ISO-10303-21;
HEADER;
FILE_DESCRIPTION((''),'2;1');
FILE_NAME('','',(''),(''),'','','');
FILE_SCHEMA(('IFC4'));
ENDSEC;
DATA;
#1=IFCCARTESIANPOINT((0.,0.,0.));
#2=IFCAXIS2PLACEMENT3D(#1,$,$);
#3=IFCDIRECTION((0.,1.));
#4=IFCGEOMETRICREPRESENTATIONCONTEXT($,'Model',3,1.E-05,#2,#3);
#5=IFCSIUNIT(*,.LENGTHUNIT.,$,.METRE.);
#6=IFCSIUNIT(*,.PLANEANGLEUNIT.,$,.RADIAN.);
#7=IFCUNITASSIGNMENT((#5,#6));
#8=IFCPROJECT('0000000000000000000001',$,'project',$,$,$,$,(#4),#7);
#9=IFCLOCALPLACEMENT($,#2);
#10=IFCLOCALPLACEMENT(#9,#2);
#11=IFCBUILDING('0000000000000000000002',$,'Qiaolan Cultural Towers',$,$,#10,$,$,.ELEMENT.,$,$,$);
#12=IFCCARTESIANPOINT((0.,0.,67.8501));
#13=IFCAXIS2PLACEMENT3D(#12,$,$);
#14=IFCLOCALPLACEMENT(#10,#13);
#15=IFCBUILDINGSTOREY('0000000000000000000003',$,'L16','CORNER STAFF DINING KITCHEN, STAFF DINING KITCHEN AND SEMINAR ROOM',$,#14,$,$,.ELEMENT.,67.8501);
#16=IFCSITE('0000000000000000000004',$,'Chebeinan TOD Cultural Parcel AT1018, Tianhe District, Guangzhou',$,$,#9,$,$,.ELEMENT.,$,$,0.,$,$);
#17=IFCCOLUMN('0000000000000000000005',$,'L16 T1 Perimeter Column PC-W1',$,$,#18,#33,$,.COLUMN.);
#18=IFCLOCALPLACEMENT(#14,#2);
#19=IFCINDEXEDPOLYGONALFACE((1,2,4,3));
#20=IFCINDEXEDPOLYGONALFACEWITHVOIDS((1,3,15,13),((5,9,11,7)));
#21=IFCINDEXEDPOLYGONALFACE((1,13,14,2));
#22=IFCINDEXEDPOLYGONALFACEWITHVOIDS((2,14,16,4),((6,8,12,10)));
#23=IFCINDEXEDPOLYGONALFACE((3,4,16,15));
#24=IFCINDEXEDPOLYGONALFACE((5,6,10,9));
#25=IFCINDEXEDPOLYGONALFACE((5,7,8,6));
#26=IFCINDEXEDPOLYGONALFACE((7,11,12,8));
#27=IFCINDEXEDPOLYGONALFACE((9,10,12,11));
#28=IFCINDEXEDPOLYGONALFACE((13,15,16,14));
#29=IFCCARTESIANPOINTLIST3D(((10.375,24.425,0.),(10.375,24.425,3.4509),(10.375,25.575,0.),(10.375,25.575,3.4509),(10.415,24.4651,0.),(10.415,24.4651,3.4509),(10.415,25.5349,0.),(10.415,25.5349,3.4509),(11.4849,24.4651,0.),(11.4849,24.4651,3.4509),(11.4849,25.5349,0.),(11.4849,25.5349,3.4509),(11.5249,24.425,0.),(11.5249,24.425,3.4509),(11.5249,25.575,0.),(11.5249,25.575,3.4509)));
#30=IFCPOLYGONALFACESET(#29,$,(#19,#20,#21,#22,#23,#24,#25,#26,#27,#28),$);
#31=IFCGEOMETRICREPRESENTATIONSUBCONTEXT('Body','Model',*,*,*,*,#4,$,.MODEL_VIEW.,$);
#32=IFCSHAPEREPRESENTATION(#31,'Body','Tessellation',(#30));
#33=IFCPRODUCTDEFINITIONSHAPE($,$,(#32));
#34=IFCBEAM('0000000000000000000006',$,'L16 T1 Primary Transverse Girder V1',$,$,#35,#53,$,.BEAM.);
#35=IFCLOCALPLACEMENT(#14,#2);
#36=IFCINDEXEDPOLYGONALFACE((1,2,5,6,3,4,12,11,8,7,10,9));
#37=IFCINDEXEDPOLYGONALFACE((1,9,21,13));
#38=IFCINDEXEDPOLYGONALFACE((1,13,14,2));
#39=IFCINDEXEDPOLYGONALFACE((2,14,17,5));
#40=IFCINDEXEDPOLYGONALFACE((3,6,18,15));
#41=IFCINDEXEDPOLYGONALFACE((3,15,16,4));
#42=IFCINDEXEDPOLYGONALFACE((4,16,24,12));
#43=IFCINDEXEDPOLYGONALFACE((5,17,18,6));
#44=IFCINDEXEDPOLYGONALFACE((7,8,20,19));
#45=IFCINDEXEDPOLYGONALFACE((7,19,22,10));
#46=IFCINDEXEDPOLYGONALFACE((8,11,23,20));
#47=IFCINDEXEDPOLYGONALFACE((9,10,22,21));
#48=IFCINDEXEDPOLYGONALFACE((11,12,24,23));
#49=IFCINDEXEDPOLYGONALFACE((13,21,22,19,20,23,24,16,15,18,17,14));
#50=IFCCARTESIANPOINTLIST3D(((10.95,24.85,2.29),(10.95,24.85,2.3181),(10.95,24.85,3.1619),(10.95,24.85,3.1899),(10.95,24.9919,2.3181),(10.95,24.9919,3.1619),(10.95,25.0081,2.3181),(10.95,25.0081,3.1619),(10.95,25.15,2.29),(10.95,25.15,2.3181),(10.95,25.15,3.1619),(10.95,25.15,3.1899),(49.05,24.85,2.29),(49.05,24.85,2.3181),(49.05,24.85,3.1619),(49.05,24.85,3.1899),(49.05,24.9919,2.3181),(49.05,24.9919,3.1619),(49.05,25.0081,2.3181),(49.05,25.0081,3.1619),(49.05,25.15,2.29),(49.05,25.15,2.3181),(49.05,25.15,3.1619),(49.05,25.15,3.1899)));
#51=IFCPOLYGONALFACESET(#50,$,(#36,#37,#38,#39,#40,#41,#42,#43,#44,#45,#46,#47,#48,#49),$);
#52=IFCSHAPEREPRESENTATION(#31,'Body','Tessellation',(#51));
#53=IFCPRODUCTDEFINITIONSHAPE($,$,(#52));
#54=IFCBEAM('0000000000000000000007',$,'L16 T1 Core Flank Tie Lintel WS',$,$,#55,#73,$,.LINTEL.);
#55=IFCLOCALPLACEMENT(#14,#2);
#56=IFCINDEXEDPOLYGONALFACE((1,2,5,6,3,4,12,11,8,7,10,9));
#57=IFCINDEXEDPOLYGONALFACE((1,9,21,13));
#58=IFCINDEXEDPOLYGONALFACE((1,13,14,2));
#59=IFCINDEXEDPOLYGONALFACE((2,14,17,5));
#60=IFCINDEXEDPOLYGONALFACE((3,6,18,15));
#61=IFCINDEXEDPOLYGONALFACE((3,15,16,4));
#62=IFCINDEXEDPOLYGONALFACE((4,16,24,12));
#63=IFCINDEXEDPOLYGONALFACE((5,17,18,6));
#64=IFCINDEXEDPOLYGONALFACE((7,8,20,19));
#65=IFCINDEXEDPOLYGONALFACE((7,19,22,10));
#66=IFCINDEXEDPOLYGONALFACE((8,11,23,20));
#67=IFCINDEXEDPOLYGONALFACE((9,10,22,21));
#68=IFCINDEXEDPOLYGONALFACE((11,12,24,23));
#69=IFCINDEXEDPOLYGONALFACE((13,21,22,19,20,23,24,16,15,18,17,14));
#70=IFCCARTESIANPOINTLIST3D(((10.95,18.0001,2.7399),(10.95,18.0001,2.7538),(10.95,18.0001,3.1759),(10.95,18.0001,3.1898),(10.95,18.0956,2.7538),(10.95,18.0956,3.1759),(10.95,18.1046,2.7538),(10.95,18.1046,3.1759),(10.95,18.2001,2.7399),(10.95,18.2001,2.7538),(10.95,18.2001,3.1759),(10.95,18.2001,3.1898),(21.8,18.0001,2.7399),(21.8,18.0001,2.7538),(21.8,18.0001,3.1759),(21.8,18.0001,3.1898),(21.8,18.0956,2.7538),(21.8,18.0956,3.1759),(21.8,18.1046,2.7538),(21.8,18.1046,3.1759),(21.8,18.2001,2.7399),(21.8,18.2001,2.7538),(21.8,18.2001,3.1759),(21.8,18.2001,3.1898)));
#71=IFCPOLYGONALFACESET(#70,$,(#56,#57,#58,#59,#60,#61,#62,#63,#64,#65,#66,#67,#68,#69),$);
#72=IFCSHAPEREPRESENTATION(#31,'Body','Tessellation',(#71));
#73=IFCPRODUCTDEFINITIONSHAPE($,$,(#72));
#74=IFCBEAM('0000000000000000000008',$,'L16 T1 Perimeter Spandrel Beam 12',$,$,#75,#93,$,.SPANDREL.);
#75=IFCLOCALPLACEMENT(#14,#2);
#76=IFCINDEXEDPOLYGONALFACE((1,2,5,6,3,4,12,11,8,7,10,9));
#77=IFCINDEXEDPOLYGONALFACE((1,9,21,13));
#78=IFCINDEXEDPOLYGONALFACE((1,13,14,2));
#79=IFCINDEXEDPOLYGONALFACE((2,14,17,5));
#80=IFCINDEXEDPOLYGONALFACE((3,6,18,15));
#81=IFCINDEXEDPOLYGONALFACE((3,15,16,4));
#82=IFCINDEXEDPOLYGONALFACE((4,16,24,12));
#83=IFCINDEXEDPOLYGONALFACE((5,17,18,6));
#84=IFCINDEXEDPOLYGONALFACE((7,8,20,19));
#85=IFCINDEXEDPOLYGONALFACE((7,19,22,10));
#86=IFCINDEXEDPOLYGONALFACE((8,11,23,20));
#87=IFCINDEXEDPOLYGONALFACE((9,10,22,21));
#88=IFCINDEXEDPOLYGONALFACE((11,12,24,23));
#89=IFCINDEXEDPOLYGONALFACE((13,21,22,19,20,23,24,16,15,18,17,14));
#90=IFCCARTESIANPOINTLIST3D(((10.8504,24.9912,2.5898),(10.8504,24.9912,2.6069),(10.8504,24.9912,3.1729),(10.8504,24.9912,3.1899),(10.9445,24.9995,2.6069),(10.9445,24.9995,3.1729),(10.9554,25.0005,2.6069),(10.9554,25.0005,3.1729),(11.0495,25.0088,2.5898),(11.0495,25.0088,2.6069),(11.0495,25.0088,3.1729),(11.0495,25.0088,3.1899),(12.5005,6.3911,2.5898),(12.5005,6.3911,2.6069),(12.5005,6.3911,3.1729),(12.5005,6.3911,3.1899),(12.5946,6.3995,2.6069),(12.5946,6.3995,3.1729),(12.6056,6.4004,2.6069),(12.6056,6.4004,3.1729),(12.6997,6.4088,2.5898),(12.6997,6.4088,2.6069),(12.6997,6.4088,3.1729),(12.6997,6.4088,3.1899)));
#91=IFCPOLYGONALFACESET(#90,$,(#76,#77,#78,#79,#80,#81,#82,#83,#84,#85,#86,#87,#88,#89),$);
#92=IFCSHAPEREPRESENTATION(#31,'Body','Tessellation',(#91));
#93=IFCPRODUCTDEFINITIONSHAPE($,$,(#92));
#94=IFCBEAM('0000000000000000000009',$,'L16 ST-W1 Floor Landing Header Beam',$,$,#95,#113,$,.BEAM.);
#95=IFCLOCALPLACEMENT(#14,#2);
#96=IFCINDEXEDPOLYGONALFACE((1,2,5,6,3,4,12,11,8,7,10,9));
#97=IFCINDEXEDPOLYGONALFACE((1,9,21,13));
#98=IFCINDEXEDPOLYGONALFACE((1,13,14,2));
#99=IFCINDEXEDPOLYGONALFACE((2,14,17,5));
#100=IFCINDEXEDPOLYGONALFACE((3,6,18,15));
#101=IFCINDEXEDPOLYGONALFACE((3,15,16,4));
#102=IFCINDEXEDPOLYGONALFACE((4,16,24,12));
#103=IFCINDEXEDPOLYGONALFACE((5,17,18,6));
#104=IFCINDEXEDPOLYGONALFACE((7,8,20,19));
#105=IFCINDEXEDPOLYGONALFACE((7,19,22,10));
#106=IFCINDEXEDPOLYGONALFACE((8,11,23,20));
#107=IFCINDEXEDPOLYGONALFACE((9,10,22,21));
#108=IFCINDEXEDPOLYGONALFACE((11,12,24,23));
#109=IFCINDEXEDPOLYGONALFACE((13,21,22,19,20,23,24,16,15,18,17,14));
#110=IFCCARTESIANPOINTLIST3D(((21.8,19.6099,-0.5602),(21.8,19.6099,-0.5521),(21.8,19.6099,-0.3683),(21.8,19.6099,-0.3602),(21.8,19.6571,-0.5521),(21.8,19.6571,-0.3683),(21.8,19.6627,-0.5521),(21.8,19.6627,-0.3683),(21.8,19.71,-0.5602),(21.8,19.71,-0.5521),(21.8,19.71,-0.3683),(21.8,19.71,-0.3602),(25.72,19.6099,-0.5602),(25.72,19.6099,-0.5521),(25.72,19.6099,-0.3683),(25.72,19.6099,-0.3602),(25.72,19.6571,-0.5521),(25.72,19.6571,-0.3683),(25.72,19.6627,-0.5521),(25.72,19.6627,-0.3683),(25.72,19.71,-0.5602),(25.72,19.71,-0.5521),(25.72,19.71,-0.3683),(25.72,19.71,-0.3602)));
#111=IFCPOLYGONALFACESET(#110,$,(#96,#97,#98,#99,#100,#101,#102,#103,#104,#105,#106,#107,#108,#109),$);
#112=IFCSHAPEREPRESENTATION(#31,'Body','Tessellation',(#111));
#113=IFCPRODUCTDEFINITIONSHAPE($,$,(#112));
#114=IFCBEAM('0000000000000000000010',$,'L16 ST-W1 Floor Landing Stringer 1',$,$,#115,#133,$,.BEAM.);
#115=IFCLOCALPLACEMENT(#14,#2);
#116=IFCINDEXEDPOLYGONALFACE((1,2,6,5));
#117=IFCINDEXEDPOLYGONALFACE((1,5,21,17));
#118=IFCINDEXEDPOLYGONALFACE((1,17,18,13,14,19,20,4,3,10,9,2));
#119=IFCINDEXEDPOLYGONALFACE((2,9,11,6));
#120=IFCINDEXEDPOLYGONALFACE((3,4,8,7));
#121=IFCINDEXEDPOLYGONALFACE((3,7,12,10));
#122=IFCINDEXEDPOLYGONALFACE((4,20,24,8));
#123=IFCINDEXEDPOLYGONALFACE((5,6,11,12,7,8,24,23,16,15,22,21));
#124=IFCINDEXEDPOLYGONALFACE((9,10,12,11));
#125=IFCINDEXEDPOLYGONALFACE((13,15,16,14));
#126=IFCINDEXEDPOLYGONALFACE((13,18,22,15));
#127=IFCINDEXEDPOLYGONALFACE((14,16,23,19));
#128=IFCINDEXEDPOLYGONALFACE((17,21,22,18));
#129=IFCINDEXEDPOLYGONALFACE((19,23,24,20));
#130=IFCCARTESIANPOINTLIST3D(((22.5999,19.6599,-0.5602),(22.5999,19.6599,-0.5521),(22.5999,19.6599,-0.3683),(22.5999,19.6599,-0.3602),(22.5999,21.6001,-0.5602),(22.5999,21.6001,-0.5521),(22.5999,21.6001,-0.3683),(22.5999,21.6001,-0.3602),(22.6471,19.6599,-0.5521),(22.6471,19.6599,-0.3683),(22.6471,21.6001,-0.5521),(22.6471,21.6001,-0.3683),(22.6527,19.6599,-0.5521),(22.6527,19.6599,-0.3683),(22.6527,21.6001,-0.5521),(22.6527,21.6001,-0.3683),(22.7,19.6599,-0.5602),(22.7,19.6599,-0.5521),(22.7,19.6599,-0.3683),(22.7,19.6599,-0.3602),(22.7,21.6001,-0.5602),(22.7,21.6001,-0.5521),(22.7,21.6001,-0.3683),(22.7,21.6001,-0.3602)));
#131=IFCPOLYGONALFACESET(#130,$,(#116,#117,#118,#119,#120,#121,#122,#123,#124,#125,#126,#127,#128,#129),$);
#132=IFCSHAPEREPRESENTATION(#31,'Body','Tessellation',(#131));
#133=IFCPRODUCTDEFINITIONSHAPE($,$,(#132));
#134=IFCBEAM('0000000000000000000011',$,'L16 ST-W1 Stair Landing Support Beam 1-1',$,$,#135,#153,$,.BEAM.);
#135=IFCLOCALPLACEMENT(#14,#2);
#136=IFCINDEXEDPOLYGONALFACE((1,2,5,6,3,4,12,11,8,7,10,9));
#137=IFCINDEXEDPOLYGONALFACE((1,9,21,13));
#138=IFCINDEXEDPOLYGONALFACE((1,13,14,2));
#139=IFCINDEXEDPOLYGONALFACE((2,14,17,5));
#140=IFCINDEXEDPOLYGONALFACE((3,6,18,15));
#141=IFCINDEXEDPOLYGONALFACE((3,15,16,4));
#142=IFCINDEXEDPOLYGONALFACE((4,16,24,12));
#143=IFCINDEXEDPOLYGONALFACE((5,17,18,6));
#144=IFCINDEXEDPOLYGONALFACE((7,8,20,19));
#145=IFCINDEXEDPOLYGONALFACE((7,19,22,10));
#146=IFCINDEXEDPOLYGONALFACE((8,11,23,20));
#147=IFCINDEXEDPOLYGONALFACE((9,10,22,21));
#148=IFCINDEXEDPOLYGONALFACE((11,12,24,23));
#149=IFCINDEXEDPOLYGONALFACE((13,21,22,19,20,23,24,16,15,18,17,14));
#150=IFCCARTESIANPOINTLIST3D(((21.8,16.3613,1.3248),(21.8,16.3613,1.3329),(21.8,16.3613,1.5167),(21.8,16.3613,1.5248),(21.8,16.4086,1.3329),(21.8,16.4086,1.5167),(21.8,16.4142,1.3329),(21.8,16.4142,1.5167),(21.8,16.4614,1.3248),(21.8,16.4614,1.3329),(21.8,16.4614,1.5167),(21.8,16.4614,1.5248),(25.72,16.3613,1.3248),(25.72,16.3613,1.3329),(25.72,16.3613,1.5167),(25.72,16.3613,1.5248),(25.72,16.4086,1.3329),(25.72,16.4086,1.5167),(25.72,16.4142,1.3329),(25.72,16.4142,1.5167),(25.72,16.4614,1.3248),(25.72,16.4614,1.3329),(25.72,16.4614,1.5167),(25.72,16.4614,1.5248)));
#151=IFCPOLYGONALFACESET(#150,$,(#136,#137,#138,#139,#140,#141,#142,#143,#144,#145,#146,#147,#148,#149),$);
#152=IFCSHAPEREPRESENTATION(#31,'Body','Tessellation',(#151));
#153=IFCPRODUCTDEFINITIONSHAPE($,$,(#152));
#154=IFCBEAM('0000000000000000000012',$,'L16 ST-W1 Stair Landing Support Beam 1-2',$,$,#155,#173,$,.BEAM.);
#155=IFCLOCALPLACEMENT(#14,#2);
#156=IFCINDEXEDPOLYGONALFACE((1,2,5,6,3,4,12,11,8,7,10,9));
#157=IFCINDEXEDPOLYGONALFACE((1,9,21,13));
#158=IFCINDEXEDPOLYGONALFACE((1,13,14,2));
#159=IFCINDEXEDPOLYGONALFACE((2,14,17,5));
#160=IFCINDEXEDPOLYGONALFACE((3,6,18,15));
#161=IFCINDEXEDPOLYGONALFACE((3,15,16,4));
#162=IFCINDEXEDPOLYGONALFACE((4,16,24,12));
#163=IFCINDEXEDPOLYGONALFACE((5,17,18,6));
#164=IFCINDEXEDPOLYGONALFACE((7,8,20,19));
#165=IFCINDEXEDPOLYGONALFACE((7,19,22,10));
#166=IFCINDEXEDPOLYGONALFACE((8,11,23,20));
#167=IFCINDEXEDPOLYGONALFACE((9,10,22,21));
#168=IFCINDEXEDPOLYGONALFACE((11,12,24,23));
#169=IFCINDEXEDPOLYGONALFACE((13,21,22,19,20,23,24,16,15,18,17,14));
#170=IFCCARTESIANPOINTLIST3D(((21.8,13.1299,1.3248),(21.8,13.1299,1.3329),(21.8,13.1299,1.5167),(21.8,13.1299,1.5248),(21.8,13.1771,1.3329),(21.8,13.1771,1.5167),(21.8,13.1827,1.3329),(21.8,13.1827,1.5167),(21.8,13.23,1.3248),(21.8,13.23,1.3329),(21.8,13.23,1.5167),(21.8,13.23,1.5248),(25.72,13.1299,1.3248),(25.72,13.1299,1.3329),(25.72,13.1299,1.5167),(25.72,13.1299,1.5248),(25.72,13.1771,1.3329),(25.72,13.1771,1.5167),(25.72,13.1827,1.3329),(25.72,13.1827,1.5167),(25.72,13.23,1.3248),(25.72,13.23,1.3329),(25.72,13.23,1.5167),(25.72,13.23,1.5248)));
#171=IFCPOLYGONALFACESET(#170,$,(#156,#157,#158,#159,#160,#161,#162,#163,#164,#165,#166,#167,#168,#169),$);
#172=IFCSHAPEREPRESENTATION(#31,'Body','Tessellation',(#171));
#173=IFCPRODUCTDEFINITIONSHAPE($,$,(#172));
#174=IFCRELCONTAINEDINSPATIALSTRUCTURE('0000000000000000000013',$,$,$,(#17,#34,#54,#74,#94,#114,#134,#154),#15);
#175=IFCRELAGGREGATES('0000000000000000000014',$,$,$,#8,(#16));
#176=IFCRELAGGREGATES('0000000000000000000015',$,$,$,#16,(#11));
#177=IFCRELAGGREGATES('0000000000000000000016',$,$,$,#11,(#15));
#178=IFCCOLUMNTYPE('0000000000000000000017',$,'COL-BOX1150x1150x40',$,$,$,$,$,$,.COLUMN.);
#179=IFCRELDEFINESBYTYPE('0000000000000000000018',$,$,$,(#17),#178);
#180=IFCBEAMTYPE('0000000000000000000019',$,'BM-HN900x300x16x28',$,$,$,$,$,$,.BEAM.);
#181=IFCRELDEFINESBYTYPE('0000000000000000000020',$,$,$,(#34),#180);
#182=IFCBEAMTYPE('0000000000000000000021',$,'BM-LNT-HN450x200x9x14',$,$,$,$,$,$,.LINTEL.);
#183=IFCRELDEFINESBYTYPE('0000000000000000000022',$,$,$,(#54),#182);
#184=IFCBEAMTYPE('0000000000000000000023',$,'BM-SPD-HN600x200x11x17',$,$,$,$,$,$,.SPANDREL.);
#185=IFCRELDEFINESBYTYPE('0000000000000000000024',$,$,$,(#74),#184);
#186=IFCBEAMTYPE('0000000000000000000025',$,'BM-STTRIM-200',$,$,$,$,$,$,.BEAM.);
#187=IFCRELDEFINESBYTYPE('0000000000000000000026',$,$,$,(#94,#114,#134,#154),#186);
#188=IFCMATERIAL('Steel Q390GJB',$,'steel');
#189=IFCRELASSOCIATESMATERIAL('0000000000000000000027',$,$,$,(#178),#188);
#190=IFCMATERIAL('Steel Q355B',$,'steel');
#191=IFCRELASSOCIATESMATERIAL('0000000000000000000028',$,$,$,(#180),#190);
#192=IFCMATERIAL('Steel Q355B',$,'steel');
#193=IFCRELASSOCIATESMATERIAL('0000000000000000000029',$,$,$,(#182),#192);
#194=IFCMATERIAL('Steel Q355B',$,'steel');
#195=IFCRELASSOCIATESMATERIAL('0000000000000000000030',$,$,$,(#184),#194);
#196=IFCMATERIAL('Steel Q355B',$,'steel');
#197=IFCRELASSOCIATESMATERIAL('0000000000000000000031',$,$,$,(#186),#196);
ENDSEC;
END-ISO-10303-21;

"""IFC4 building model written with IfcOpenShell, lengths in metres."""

from ifc_helpers import new_model, si_unit, direction, frame, origin, origin_2d, place, context, subcontext, project, spatial, hollow_rectangle, i_section, extrude, material, material_profile, profile_set, type_object, element, save


model = new_model("IFC4")

# Units and contexts
model_context = context("Model", 3, precision=1e-05, world=origin(), true_north=direction((0.0, 1.0)))
body_context = subcontext(model_context, "Body", "Model", "MODEL_VIEW")
ifc_project = project(units=[si_unit("LENGTHUNIT", "METRE"), si_unit("PLANEANGLEUNIT", "RADIAN")], contexts=[model_context])

# Site, building, storey
site_placement = place(None, origin())
site = spatial("IfcSite", under=ifc_project, at=site_placement, Name="Chebeinan TOD Cultural Parcel AT1018, Tianhe District, Guangzhou", CompositionType="ELEMENT", RefElevation=0.0)
building_placement = place(site_placement, origin())
building = spatial("IfcBuilding", under=site, at=building_placement, Name="Qiaolan Cultural Towers", CompositionType="ELEMENT")
storey_placement = place(building_placement, frame((0.0, 0.0, 67.8501)))
storey = spatial("IfcBuildingStorey", under=building, at=storey_placement, Name="L16", Description="CORNER STAFF DINING KITCHEN, STAFF DINING KITCHEN AND SEMINAR ROOM", CompositionType="ELEMENT", Elevation=67.8501)

# Column
ifc_material_1 = material(Name="Steel Q390GJB", Category="steel")
ifc_material_profile_1 = material_profile(ifc_material_1, hollow_rectangle(XDim=1.1499, YDim=1.1499, WallThickness=0.04, at=origin_2d()), Name="BOX1150x1150x40")
ifc_profile_set_1 = profile_set([ifc_material_profile_1], Name="Steel Q390GJB")
column_type = type_object("IfcColumnType", Name="COL-BOX1150x1150x40", PredefinedType="COLUMN", material=ifc_profile_set_1)
column_placement = place(storey_placement, frame((10.95, 25.0, 0.0), z_axis=(0.0, 0.0, 1.0), x_axis=(1.0, 0.0, 0.0)))
element("IfcColumn", 1, at=column_placement, inside=storey, type_object=column_type, Name="L16 T1 Perimeter Column PC-W1", PredefinedType="COLUMN", context=body_context, shape_type="SweptSolid", body=[
    extrude(hollow_rectangle(XDim=1.1499, YDim=1.1499, WallThickness=0.04, at=origin_2d()), origin(), (0.0, 0.0, 1.0), 3.4509),
])

# Beams
ifc_material_2 = material(Name="Steel Q355B", Category="steel")
ifc_material_profile_2 = material_profile(ifc_material_2, i_section(OverallWidth=0.3, OverallDepth=0.8999, WebThickness=0.0161, FlangeThickness=0.0281, at=origin_2d()), Name="HN900x300x16x28")
ifc_profile_set_2 = profile_set([ifc_material_profile_2], Name="Steel Q355B")
beam_type_1 = type_object("IfcBeamType", Name="BM-HN900x300x16x28", PredefinedType="BEAM", material=ifc_profile_set_2)
beam_1_placement = place(storey_placement, frame((10.95, 25.0, 2.74), z_axis=(1.0, 0.0, 0.0), x_axis=(0.0, 1.0, 0.0)))
element("IfcBeam", 2, at=beam_1_placement, inside=storey, type_object=beam_type_1, Name="L16 T1 Primary Transverse Girder V1", PredefinedType="BEAM", context=body_context, shape_type="SweptSolid", body=[
    extrude(i_section(OverallWidth=0.3, OverallDepth=0.8999, WebThickness=0.0161, FlangeThickness=0.0281, at=origin_2d()), origin(), (0.0, 0.0, 1.0), 38.1001),
])
ifc_material_3 = material(Name="Steel Q355B", Category="steel")
ifc_material_profile_3 = material_profile(ifc_material_3, i_section(OverallWidth=0.2, OverallDepth=0.45, WebThickness=0.009, FlangeThickness=0.0139, at=origin_2d()), Name="HN450x200x9x14")
ifc_profile_set_3 = profile_set([ifc_material_profile_3], Name="Steel Q355B")
beam_type_2 = type_object("IfcBeamType", Name="BM-LNT-HN450x200x9x14", PredefinedType="LINTEL", material=ifc_profile_set_3)
beam_2_placement = place(storey_placement, frame((21.8, 18.1001, 2.9648), z_axis=(-1.0, 0.0, 0.0), x_axis=(0.0, -1.0, 0.0)))
element("IfcBeam", 3, at=beam_2_placement, inside=storey, type_object=beam_type_2, Name="L16 T1 Core Flank Tie Lintel WS", PredefinedType="LINTEL", context=body_context, shape_type="SweptSolid", body=[
    extrude(i_section(OverallWidth=0.2, OverallDepth=0.45, WebThickness=0.009, FlangeThickness=0.0139, at=origin_2d()), origin(), (0.0, 0.0, 1.0), 10.8501),
])
ifc_material_4 = material(Name="Steel Q355B", Category="steel")
ifc_material_profile_4 = material_profile(ifc_material_4, i_section(OverallWidth=0.2, OverallDepth=0.6001, WebThickness=0.011, FlangeThickness=0.0171, at=origin_2d()), Name="HN600x200x11x17")
ifc_profile_set_4 = profile_set([ifc_material_profile_4], Name="Steel Q355B")
beam_type_3 = type_object("IfcBeamType", Name="BM-SPD-HN600x200x11x17", PredefinedType="SPANDREL", material=ifc_profile_set_4)
beam_3_placement = place(storey_placement, frame((10.95, 25.0, 2.8899), z_axis=(0.08837, -0.996088, 0.0), x_axis=(0.996088, 0.08837, 0.0)))
element("IfcBeam", 4, at=beam_3_placement, inside=storey, type_object=beam_type_3, Name="L16 T1 Perimeter Spandrel Beam 12", PredefinedType="SPANDREL", context=body_context, shape_type="SweptSolid", body=[
    extrude(i_section(OverallWidth=0.2, OverallDepth=0.6001, WebThickness=0.011, FlangeThickness=0.0171, at=origin_2d()), origin(), (0.0, 0.0, 1.0), 18.6731),
])
ifc_material_5 = material(Name="Steel Q355B", Category="steel")
ifc_material_profile_5 = material_profile(ifc_material_5, i_section(OverallWidth=0.1001, OverallDepth=0.2, WebThickness=0.0056, FlangeThickness=0.0081, at=origin_2d()), Name="HN200x100x5.5x8")
ifc_profile_set_5 = profile_set([ifc_material_profile_5], Name="Steel Q355B")
beam_type_4 = type_object("IfcBeamType", Name="BM-STTRIM-200", PredefinedType="BEAM", material=ifc_profile_set_5)
beam_4_placement = place(storey_placement, frame((21.8, 19.6599, -0.4602), z_axis=(1.0, 0.0, 0.0), x_axis=(0.0, 1.0, 0.0)))
element("IfcBeam", 5, at=beam_4_placement, inside=storey, type_object=beam_type_4, Name="L16 ST-W1 Floor Landing Header Beam", PredefinedType="BEAM", context=body_context, shape_type="SweptSolid", body=[
    extrude(i_section(OverallWidth=0.1001, OverallDepth=0.2, WebThickness=0.0056, FlangeThickness=0.0081, at=origin_2d()), origin(), (0.0, 0.0, 1.0), 3.9199),
])
beam_5_placement = place(storey_placement, frame((22.6499, 21.6001, -0.4602), z_axis=(0.0, -1.0, 0.0), x_axis=(1.0, 0.0, 0.0)))
element("IfcBeam", 6, at=beam_5_placement, inside=storey, type_object=beam_type_4, Name="L16 ST-W1 Floor Landing Stringer 1", PredefinedType="BEAM", context=body_context, shape_type="SweptSolid", body=[
    extrude(i_section(OverallWidth=0.1001, OverallDepth=0.2, WebThickness=0.0056, FlangeThickness=0.0081, at=origin_2d()), origin(), (0.0, 0.0, 1.0), 1.9402),
])
for number, where, z_axis, x_axis, name in (
    (7, (21.8, 16.4114, 1.4248), (1.0, 0.0, 0.0), (0.0, 1.0, 0.0), "L16 ST-W1 Stair Landing Support Beam 1-1"),
    (8, (21.8, 13.1799, 1.4248), (1.0, 0.0, 0.0), (0.0, 1.0, 0.0), "L16 ST-W1 Stair Landing Support Beam 1-2"),
):
    element("IfcBeam", number, at=place(storey_placement, frame(where, z_axis=z_axis, x_axis=x_axis)), inside=storey, type_object=beam_type_4, Name=name, PredefinedType="BEAM", context=body_context, shape_type="SweptSolid", body=[
        extrude(i_section(OverallWidth=0.1001, OverallDepth=0.2, WebThickness=0.0056, FlangeThickness=0.0081, at=origin_2d()), origin(), (0.0, 0.0, 1.0), 3.9199),
    ])

save(model, "model.ifc")
